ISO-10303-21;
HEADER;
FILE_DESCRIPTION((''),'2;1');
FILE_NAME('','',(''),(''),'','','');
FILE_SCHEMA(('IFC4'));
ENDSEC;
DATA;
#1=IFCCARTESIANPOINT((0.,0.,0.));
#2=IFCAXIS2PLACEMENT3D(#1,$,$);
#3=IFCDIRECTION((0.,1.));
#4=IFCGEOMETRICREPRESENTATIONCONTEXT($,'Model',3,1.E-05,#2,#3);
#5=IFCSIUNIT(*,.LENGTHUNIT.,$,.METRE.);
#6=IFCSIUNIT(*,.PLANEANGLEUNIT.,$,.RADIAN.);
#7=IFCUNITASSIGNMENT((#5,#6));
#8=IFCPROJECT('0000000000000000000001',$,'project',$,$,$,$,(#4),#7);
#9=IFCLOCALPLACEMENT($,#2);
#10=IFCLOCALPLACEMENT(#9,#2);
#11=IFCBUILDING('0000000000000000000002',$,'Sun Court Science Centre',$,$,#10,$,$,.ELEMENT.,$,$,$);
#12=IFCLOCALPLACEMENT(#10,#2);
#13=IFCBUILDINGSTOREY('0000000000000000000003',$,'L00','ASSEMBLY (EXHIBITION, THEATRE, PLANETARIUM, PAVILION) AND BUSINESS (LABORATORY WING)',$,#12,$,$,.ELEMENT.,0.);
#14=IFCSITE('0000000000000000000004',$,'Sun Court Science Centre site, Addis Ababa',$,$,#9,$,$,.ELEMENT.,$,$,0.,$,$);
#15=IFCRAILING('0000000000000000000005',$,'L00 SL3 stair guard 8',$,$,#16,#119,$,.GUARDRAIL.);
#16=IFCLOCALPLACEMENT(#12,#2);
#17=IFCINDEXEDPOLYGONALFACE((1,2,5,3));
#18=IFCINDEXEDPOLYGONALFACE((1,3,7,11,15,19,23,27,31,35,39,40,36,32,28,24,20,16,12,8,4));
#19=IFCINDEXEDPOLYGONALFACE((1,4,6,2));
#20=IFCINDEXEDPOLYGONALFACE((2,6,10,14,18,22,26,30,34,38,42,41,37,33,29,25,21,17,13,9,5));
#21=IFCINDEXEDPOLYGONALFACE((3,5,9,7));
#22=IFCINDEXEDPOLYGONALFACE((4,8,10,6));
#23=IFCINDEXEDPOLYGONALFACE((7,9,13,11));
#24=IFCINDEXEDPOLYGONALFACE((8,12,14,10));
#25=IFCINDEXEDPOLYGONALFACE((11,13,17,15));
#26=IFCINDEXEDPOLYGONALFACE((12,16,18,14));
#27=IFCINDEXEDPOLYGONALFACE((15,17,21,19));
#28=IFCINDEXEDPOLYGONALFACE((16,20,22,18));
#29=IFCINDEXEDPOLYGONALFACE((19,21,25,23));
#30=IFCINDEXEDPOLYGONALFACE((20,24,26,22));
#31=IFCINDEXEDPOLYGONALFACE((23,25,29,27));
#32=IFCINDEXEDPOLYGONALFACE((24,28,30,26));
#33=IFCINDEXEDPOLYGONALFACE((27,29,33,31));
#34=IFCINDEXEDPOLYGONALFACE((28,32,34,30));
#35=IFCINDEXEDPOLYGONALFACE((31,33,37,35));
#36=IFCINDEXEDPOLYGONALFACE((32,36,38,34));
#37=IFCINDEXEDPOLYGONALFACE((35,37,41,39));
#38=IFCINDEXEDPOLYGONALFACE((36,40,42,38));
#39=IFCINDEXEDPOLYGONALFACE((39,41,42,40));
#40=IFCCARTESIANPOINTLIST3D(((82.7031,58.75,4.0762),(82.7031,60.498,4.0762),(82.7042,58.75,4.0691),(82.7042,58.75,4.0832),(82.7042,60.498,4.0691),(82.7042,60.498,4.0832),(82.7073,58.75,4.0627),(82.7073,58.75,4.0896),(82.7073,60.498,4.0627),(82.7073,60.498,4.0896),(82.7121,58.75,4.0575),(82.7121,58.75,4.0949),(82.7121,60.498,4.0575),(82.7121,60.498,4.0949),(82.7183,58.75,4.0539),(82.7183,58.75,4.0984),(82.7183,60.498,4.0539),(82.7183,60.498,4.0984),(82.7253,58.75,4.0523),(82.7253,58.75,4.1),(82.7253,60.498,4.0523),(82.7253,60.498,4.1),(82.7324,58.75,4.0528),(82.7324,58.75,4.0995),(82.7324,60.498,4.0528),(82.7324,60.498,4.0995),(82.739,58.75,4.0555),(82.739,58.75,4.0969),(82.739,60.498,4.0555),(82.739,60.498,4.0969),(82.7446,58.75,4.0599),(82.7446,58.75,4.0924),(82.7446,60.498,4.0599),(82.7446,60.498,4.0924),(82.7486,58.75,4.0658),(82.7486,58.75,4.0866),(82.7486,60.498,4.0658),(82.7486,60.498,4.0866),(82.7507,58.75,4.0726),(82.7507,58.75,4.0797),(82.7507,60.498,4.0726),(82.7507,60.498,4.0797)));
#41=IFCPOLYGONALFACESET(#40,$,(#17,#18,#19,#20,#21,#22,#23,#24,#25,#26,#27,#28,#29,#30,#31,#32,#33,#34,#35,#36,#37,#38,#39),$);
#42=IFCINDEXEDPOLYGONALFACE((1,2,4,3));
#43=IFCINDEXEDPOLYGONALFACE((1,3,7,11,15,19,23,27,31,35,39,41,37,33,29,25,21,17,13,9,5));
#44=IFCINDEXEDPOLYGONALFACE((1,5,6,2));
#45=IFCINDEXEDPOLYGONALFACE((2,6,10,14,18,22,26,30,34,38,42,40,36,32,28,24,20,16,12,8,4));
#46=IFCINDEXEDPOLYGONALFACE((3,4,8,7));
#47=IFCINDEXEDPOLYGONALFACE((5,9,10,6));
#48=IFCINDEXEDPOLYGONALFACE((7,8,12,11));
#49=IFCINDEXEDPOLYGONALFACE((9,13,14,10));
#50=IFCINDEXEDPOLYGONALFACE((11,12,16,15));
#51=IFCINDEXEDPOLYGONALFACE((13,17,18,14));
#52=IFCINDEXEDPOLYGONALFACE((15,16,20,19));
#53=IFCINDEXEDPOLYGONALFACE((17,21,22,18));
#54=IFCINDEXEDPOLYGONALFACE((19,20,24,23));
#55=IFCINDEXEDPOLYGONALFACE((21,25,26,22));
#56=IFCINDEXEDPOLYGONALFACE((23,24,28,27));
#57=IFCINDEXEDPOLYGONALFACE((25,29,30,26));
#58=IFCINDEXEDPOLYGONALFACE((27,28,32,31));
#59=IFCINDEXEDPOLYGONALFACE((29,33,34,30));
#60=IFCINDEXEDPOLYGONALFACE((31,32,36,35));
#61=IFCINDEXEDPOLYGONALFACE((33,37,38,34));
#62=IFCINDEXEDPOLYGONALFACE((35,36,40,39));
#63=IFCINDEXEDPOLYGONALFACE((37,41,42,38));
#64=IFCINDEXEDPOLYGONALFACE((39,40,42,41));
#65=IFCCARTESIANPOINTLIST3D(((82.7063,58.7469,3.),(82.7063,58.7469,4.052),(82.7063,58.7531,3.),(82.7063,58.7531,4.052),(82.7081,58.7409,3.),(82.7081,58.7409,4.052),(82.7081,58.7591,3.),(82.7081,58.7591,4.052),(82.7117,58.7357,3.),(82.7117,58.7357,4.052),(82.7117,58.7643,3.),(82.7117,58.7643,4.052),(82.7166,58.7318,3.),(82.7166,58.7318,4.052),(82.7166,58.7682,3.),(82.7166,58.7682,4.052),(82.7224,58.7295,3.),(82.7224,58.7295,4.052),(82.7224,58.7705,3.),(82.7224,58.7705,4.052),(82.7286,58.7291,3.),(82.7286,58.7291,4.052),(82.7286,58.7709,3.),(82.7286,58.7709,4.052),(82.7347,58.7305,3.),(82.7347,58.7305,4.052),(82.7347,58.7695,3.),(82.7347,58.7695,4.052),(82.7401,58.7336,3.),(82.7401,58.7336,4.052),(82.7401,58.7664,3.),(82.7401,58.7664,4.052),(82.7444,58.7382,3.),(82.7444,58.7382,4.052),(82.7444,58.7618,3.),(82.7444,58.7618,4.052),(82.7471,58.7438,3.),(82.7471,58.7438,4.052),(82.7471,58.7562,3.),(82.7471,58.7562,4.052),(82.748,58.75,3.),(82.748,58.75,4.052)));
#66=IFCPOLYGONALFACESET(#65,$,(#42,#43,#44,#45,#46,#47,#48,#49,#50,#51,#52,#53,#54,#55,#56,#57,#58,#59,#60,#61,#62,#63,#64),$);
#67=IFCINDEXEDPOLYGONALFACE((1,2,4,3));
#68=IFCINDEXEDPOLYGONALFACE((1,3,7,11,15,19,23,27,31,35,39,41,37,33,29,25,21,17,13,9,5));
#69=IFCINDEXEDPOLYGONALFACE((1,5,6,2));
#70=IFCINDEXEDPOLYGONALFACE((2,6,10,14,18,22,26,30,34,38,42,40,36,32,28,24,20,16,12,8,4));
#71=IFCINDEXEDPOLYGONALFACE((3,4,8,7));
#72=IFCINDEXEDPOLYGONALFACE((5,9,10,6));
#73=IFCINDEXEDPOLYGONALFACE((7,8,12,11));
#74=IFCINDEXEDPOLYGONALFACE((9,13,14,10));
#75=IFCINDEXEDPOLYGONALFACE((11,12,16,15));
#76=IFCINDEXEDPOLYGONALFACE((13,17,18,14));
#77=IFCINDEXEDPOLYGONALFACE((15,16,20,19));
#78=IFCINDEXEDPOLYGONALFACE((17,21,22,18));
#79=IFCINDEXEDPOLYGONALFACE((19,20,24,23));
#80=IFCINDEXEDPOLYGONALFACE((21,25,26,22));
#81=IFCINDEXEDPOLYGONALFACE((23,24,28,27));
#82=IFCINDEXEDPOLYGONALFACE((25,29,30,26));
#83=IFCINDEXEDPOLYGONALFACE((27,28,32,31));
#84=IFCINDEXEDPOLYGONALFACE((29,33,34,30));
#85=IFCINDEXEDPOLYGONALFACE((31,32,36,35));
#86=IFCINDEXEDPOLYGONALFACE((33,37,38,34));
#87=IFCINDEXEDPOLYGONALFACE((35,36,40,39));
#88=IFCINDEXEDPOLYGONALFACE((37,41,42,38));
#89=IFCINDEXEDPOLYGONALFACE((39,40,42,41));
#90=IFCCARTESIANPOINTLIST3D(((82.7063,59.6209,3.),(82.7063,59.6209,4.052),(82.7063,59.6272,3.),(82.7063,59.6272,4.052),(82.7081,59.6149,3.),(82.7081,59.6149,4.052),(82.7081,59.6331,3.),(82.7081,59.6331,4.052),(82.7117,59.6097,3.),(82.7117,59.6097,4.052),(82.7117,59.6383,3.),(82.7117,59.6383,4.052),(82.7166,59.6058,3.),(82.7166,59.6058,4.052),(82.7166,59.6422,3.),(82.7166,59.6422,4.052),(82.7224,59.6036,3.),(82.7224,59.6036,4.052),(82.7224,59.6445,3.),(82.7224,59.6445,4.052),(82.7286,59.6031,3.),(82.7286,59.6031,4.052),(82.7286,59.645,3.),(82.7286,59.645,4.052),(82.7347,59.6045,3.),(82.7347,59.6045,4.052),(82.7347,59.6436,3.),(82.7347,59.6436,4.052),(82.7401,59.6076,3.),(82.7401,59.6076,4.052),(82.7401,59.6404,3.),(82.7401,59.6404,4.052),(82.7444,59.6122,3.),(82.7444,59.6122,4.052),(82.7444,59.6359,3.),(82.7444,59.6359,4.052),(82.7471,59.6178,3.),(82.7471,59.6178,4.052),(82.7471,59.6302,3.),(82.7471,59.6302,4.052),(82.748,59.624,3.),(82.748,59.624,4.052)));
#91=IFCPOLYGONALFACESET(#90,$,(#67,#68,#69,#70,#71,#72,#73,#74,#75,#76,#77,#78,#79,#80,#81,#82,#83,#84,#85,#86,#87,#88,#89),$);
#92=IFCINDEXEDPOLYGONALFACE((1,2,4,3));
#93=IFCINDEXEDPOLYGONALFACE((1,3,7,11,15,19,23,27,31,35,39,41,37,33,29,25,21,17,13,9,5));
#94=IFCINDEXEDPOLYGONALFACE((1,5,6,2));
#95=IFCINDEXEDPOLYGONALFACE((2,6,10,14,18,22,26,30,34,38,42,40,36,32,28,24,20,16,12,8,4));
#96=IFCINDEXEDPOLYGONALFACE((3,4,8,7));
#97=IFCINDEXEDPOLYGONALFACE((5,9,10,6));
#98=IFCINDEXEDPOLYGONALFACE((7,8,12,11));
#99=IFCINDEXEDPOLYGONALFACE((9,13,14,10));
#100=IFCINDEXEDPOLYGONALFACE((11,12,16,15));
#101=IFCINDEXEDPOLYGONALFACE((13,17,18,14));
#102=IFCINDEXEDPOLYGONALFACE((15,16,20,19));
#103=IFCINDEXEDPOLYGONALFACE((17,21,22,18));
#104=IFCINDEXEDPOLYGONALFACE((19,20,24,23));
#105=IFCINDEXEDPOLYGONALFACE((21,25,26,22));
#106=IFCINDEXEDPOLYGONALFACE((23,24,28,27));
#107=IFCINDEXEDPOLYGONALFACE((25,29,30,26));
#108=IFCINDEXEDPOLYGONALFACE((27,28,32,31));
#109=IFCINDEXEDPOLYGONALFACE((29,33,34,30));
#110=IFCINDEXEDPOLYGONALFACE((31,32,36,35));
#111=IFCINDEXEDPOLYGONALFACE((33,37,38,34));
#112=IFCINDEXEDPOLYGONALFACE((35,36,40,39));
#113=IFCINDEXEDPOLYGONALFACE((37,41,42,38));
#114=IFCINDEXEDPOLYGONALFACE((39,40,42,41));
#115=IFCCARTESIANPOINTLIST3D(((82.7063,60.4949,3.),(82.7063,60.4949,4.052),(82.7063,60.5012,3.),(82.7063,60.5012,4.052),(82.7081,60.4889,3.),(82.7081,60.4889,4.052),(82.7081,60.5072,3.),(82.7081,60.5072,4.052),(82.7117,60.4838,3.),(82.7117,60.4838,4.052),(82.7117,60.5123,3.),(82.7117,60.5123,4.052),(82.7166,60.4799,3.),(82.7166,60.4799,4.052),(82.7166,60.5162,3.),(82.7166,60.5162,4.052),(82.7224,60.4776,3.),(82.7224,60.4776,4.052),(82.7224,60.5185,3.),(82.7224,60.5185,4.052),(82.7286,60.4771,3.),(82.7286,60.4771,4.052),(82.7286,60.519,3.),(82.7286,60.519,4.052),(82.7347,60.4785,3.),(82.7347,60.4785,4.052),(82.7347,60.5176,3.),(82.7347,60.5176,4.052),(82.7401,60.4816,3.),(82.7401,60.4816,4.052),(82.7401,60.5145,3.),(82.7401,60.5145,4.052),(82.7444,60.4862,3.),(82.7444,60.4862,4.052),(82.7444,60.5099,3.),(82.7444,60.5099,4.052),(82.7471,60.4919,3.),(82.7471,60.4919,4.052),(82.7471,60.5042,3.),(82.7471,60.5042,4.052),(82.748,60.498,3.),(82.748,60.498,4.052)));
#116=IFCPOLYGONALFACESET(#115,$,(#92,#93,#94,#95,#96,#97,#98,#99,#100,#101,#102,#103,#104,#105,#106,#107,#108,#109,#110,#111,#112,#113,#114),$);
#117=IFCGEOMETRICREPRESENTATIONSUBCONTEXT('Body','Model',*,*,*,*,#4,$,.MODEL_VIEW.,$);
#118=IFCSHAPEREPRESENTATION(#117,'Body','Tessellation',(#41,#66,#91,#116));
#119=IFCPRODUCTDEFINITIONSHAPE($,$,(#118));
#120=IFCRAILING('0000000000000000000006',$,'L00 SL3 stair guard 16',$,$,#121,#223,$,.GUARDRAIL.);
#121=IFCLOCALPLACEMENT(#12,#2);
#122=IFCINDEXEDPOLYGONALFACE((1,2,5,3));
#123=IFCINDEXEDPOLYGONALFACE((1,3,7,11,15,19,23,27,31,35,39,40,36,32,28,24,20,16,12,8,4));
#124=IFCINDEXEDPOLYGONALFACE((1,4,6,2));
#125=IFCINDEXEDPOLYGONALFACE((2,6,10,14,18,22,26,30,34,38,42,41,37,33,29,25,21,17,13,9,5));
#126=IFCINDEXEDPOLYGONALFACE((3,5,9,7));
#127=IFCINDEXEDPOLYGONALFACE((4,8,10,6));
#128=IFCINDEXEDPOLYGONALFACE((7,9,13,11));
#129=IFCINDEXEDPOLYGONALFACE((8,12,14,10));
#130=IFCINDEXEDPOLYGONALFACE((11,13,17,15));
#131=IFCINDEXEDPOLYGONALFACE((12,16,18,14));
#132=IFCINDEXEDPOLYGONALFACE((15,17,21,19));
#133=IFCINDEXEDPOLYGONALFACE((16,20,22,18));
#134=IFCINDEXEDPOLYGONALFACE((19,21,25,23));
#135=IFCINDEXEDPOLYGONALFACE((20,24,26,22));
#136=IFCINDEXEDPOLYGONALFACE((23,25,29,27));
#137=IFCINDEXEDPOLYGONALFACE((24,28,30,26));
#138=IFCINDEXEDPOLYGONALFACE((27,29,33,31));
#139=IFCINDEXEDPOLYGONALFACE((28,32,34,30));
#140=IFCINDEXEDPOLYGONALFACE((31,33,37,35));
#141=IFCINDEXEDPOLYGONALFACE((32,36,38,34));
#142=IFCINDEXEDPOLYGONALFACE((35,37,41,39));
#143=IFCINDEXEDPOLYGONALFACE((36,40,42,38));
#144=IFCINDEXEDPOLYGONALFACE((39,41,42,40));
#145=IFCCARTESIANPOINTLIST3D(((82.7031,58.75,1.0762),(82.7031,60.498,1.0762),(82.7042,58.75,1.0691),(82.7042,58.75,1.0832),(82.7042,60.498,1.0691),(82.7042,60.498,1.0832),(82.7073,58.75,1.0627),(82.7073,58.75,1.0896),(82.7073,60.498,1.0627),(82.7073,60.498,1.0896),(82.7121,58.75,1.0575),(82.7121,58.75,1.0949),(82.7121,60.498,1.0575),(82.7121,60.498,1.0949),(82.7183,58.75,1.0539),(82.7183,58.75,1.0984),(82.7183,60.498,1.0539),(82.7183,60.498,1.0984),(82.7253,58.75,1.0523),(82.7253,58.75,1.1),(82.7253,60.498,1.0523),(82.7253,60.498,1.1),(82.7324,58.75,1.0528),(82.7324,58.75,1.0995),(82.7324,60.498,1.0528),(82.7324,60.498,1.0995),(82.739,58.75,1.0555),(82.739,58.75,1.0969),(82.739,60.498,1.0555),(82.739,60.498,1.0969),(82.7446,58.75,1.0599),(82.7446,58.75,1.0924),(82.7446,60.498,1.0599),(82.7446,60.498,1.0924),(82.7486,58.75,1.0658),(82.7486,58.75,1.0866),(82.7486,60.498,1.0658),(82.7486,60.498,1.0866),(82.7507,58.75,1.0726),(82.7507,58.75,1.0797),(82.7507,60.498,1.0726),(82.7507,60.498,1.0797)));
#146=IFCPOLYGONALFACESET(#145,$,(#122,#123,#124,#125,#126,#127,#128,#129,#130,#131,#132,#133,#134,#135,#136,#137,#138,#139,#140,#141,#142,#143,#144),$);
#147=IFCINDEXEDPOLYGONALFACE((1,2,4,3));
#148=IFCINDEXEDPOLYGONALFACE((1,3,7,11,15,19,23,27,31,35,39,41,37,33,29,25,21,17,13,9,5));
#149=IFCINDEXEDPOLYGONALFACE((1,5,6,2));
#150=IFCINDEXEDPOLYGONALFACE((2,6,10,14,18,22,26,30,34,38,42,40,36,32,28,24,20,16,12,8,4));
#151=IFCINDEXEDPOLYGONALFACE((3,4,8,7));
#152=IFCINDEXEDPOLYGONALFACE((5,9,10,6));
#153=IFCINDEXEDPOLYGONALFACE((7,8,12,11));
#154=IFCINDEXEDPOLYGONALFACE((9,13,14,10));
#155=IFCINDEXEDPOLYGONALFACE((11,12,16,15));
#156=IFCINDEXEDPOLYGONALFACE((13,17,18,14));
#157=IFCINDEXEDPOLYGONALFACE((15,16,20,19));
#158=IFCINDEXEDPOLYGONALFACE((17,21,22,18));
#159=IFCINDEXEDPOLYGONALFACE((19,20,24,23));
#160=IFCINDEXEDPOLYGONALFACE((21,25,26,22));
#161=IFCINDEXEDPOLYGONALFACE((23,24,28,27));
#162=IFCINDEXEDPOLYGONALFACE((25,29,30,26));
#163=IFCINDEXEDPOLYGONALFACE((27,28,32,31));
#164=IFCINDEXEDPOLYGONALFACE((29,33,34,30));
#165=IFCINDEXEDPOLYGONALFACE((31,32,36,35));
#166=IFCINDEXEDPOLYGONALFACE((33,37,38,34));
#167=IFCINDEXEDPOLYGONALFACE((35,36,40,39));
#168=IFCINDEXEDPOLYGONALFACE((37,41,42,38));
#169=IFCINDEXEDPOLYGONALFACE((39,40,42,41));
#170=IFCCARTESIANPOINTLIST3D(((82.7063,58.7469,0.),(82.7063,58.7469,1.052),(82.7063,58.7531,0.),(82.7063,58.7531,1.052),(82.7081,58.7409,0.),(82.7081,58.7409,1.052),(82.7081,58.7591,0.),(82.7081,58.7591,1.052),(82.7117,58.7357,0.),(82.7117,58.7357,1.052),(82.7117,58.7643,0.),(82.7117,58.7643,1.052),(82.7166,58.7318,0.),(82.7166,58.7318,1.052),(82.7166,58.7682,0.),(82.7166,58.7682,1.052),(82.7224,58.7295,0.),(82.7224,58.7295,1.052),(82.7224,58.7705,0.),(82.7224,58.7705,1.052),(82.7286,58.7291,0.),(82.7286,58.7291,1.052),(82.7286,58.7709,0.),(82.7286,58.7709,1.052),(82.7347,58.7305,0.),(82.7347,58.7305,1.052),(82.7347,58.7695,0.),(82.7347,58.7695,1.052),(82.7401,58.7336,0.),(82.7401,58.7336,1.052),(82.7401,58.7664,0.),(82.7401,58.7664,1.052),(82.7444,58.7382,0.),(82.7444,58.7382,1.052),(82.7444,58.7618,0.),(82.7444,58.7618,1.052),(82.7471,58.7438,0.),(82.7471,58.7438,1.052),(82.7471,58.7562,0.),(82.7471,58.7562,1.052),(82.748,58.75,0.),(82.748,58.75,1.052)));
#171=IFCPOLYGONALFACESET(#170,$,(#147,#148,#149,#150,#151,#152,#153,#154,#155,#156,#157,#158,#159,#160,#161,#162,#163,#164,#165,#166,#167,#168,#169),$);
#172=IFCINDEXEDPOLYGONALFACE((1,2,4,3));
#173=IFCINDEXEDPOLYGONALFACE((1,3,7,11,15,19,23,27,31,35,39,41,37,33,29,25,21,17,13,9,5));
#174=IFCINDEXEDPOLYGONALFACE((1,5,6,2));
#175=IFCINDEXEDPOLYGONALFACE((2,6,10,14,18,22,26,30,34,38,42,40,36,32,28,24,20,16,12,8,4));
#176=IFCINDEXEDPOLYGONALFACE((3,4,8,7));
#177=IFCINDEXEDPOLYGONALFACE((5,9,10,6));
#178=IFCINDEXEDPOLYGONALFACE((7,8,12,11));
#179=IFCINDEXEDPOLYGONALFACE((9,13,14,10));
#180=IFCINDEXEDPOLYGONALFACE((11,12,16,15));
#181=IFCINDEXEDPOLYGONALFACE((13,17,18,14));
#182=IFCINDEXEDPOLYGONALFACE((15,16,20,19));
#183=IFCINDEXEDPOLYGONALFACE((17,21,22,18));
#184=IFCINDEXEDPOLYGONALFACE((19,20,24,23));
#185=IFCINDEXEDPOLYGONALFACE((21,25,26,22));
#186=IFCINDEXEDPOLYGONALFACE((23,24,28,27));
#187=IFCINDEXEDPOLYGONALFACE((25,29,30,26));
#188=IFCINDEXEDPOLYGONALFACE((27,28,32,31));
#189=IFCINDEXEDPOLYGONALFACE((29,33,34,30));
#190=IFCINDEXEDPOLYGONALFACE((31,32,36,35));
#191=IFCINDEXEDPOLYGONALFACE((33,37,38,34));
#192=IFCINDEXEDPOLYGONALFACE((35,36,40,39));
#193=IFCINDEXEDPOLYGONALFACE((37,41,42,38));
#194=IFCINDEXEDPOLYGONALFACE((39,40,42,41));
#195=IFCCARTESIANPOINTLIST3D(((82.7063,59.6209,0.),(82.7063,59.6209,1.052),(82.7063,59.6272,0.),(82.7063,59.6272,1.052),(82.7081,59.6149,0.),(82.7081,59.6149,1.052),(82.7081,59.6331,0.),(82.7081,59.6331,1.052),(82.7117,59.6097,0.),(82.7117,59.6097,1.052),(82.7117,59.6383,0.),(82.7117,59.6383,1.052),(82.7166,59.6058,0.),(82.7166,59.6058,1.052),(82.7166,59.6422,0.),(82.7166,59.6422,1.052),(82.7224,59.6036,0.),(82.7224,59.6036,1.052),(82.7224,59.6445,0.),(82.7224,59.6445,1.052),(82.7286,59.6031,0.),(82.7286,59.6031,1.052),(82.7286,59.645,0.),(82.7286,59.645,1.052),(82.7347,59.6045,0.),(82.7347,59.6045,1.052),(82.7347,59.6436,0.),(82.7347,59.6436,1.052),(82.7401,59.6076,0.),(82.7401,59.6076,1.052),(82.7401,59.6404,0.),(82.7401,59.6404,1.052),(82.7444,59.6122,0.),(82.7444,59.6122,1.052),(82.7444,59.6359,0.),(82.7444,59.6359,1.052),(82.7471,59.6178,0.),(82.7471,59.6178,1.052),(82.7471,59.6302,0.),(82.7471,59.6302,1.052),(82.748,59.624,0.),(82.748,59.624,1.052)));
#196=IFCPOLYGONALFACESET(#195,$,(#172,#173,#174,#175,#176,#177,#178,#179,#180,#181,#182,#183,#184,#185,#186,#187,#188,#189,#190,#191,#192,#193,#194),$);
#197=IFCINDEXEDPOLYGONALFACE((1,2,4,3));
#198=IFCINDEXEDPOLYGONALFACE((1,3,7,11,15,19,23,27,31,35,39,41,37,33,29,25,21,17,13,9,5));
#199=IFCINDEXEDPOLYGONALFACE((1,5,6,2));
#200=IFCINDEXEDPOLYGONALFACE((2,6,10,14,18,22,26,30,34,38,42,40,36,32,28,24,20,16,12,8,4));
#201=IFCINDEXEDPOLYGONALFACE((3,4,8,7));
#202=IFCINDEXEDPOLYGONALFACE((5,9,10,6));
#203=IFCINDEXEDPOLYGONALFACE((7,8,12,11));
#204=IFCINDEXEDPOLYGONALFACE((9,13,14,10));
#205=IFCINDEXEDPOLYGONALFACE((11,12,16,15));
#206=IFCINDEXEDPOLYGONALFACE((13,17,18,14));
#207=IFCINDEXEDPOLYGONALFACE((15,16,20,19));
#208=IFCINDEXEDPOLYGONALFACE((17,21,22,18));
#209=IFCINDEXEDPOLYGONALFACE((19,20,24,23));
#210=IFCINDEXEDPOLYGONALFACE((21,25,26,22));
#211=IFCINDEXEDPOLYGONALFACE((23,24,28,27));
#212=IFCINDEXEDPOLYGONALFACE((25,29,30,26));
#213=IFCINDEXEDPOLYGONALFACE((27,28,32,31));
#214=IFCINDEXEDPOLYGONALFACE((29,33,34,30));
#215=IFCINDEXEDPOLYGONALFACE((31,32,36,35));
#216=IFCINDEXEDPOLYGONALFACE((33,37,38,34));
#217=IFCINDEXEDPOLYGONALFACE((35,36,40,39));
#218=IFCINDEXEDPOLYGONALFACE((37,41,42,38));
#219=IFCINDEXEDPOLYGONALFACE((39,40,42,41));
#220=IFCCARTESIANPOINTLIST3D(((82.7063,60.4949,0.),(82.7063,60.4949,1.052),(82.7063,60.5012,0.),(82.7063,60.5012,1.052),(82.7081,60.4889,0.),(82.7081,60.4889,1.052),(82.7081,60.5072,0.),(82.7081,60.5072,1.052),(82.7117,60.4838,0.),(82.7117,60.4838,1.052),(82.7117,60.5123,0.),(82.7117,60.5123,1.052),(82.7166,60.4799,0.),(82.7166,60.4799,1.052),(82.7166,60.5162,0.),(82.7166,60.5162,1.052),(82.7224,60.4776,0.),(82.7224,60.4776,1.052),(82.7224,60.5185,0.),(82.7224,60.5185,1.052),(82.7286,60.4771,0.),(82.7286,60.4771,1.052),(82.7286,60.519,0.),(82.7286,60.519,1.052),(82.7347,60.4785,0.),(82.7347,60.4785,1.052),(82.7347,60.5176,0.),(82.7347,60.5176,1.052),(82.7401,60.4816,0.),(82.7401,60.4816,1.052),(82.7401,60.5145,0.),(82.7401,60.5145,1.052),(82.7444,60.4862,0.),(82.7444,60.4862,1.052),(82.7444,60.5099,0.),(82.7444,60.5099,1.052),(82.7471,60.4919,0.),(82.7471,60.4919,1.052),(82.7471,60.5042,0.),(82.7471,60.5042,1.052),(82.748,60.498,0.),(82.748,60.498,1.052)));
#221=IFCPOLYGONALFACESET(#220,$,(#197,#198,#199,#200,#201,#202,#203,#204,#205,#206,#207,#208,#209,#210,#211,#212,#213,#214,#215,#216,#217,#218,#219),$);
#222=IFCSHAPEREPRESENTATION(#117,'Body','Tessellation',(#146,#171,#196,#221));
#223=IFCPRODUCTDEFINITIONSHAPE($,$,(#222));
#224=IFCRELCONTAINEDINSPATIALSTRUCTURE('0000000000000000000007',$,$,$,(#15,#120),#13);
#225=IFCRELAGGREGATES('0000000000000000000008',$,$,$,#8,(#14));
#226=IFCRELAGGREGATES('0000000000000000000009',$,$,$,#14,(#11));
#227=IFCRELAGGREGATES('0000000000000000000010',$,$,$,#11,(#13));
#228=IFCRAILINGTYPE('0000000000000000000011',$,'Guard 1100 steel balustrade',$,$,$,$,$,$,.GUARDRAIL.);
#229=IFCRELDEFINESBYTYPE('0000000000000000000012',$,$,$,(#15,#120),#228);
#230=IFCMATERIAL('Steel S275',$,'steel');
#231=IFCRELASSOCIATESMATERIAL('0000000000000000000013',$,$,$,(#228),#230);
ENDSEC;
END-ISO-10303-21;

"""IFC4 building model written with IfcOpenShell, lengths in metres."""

from ifc_helpers import new_model, si_unit, direction, frame, origin, origin_2d, place, context, subcontext, project, spatial, circle, extrude, material, type_object, element, save


model = new_model("IFC4")

# Units and contexts
model_context = context("Model", 3, precision=1e-05, world=origin(), true_north=direction((0.0, 1.0)))
body_context = subcontext(model_context, "Body", "Model", "MODEL_VIEW")
ifc_project = project(units=[si_unit("LENGTHUNIT", "METRE"), si_unit("PLANEANGLEUNIT", "RADIAN")], contexts=[model_context])

# Site, building, storey
site_placement = place(None, origin())
site = spatial("IfcSite", under=ifc_project, at=site_placement, Name="Sun Court Science Centre site, Addis Ababa", CompositionType="ELEMENT", RefElevation=0.0)
building_placement = place(site_placement, origin())
building = spatial("IfcBuilding", under=site, at=building_placement, Name="Sun Court Science Centre", CompositionType="ELEMENT")
storey_placement = place(building_placement, origin())
storey = spatial("IfcBuildingStorey", under=building, at=storey_placement, Name="L00", Description="ASSEMBLY (EXHIBITION, THEATRE, PLANETARIUM, PAVILION) AND BUSINESS (LABORATORY WING)", CompositionType="ELEMENT", Elevation=0.0)

# Railings
ifc_material_1 = material(Name="Steel S275", Category="steel")
railing_type = type_object("IfcRailingType", Name="Guard 1100 steel balustrade", PredefinedType="GUARDRAIL", material=ifc_material_1)
for number, where, name in (
    (1, (82.7271, 58.75, 3.0), "L00 SL3 stair guard 8"),
    (2, (82.7271, 58.75, 0.0), "L00 SL3 stair guard 16"),
):
    element("IfcRailing", number, at=place(storey_placement, frame(where)), inside=storey, type_object=railing_type, Name=name, PredefinedType="GUARDRAIL", context=body_context, shape_type="SweptSolid", body=[
        extrude(circle(Radius=0.0239, at=origin_2d()), frame((0.0, 0.0, 1.0762), z_axis=(0.0, 1.0, 0.0), x_axis=(-1.0, 0.0, 0.0)), (0.0, 0.0, 1.0), 1.748),
        extrude(circle(Radius=0.021, at=origin_2d()), origin(), (0.0, 0.0, 1.0), 1.052),
        extrude(circle(Radius=0.021, at=origin_2d()), frame((0.0, 0.874, 0.0)), (0.0, 0.0, 1.0), 1.052),
        extrude(circle(Radius=0.021, at=origin_2d()), frame((0.0, 1.748, 0.0)), (0.0, 0.0, 1.0), 1.052),
    ])

save(model, "model.ifc")
